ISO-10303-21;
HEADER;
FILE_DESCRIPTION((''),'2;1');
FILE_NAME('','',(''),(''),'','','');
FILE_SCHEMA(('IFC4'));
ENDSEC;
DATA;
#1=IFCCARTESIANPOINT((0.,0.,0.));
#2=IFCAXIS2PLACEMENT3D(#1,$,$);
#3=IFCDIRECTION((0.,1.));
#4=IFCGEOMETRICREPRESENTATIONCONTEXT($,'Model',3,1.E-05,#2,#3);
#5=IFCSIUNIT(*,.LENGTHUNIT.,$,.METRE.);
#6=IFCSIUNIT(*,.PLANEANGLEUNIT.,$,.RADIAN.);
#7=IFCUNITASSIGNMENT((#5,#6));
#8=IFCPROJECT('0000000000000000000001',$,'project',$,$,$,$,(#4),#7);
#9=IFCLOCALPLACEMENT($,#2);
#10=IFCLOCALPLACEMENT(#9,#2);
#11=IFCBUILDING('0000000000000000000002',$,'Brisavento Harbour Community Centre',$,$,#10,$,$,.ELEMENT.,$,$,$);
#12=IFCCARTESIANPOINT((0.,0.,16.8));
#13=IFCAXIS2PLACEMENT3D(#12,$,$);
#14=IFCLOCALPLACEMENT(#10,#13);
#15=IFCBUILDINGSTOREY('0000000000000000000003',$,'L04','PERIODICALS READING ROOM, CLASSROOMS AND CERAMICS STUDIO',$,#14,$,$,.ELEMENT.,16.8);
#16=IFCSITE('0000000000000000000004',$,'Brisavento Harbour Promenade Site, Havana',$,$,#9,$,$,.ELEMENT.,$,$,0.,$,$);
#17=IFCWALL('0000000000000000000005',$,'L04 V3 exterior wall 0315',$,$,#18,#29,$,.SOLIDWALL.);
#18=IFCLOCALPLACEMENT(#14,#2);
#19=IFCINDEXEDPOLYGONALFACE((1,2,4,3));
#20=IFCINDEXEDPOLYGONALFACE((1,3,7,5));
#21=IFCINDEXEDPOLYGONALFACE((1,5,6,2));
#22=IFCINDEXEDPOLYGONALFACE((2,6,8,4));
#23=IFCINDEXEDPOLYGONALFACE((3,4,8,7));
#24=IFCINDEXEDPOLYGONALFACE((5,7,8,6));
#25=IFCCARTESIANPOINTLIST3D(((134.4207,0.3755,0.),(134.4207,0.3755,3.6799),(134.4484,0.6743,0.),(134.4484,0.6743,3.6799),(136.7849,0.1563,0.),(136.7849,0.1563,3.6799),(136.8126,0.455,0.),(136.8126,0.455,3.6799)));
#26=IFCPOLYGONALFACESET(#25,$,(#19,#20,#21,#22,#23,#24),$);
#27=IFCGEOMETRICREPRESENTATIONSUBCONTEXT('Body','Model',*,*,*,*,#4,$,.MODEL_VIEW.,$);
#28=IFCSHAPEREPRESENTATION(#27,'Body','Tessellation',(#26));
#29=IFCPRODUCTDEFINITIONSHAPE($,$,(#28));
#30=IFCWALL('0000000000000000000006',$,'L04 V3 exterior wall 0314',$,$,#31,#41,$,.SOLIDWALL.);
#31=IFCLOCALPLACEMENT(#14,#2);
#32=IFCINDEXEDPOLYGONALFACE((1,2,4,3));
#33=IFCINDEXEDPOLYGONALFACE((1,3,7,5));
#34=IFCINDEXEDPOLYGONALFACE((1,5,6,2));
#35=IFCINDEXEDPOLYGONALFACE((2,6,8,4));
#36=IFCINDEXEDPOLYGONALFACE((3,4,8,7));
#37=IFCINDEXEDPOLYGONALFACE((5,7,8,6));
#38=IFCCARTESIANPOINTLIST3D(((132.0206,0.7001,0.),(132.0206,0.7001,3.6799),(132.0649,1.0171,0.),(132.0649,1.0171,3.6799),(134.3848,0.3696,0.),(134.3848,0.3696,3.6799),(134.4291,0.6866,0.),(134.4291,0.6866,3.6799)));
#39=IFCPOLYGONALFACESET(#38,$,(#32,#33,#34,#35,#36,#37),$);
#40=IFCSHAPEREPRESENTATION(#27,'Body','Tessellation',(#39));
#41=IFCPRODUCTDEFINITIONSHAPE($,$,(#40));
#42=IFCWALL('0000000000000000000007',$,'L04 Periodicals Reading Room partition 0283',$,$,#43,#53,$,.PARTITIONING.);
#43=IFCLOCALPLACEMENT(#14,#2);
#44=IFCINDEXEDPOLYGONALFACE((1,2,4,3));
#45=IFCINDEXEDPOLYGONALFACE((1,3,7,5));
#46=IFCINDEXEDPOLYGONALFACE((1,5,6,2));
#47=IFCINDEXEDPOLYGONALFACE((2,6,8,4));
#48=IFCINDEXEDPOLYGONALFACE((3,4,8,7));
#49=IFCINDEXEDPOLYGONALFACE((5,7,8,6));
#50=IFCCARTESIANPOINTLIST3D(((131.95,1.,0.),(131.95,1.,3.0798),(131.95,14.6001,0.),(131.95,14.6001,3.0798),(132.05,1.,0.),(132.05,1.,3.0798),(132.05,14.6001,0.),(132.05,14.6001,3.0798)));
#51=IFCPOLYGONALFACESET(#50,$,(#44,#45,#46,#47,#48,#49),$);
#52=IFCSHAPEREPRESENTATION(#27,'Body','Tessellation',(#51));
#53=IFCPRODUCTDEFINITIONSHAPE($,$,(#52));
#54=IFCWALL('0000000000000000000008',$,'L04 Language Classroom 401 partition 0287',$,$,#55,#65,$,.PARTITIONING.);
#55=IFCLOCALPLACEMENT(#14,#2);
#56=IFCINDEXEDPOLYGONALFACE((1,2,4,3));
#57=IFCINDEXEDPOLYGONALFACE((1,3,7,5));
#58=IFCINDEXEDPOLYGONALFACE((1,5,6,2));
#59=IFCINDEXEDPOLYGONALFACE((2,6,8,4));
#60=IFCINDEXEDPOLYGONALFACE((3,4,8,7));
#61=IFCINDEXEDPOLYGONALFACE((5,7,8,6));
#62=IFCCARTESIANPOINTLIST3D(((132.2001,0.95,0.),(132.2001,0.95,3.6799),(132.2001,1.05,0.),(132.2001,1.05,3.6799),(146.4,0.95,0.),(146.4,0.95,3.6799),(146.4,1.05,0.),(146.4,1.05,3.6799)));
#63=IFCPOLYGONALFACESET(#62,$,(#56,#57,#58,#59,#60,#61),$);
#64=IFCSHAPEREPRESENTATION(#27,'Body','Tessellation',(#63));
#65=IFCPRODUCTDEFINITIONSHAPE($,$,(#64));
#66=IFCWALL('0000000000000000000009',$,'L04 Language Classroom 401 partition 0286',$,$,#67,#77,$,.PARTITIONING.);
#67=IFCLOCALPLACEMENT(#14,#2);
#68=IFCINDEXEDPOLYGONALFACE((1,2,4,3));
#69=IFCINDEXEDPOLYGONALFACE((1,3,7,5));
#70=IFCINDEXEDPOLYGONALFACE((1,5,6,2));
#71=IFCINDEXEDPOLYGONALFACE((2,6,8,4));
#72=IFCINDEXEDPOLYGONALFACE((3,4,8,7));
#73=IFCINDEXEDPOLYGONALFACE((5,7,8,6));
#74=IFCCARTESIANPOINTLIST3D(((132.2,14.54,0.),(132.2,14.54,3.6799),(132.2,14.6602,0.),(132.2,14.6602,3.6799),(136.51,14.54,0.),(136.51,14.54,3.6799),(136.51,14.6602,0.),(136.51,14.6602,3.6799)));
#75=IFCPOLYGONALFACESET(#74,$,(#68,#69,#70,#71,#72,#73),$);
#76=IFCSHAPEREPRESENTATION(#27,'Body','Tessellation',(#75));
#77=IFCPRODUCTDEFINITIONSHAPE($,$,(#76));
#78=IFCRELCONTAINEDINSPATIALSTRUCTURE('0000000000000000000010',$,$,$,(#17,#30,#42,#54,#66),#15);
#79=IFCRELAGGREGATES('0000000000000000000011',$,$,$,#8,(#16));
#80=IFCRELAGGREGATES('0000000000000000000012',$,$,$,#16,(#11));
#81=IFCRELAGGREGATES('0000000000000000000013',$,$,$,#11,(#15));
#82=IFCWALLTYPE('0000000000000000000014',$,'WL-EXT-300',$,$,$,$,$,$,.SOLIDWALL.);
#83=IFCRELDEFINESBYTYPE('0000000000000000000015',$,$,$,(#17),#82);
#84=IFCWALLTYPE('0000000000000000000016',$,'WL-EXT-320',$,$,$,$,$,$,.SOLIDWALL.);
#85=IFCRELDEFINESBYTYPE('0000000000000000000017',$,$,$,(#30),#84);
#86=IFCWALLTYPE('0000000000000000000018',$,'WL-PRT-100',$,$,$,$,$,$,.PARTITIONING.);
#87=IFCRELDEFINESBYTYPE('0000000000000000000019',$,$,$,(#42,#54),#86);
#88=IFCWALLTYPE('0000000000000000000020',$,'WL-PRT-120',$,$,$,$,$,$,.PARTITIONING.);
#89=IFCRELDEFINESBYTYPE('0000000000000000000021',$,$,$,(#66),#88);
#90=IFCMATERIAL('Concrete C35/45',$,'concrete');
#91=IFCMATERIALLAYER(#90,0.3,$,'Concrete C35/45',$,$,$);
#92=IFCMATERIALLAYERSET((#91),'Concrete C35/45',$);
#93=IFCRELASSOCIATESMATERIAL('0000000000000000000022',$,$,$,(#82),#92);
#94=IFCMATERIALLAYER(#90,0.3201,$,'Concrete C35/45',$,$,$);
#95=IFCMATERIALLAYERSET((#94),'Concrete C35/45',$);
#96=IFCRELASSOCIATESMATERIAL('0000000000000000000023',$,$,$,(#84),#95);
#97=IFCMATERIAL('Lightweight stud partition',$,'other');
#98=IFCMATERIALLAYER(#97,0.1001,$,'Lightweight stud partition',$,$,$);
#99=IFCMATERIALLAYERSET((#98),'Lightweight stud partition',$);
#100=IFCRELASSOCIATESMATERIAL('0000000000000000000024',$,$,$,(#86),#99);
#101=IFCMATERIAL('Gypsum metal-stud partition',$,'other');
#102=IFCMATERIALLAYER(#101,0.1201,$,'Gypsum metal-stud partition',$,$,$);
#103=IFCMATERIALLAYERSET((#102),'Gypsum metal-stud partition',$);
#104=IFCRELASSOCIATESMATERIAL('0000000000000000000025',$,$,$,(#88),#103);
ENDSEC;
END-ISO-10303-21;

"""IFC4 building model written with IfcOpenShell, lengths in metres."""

from ifc_helpers import new_model, si_unit, direction, frame, frame_2d, origin, place, context, subcontext, project, spatial, rectangle, extrude, material, layer, layer_set, type_object, element, save


model = new_model("IFC4")

# Units and contexts
model_context = context("Model", 3, precision=1e-05, world=origin(), true_north=direction((0.0, 1.0)))
body_context = subcontext(model_context, "Body", "Model", "MODEL_VIEW")
ifc_project = project(units=[si_unit("LENGTHUNIT", "METRE"), si_unit("PLANEANGLEUNIT", "RADIAN")], contexts=[model_context])

# Site, building, storey
site_placement = place(None, origin())
site = spatial("IfcSite", under=ifc_project, at=site_placement, Name="Brisavento Harbour Promenade Site, Havana", CompositionType="ELEMENT", RefElevation=0.0)
building_placement = place(site_placement, origin())
building = spatial("IfcBuilding", under=site, at=building_placement, Name="Brisavento Harbour Community Centre", CompositionType="ELEMENT")
storey_placement = place(building_placement, frame((0.0, 0.0, 16.8)))
storey = spatial("IfcBuildingStorey", under=building, at=storey_placement, Name="L04", Description="PERIODICALS READING ROOM, CLASSROOMS AND CERAMICS STUDIO", CompositionType="ELEMENT", Elevation=16.8)

# Shared definitions
ifc_material_1 = material(Name="Concrete C35/45", Category="concrete")

# Walls
ifc_layer_1 = layer(ifc_material_1, 0.3, Name="Concrete C35/45")
ifc_layer_set_1 = layer_set([ifc_layer_1], Name="Concrete C35/45")
wall_type_1 = type_object("IfcWallType", Name="WL-EXT-300", PredefinedType="SOLIDWALL", material=ifc_layer_set_1)
wall_1_placement = place(storey_placement, frame((136.7986, 0.3057, 0.0), z_axis=(0.0, 0.0, 1.0), x_axis=(-0.995727, 0.092344, 0.0)))
element("IfcWall", 1, at=wall_1_placement, inside=storey, type_object=wall_type_1, Name="L04 V3 exterior wall 0315", PredefinedType="SOLIDWALL", context=body_context, shape_type="SweptSolid", body=[
    extrude(rectangle(XDim=2.3743, YDim=0.3, at=frame_2d((1.187, 0.0))), origin(), (0.0, 0.0, 1.0), 3.6799),
])
ifc_layer_2 = layer(ifc_material_1, 0.3201, Name="Concrete C35/45")
ifc_layer_set_2 = layer_set([ifc_layer_2], Name="Concrete C35/45")
wall_type_2 = type_object("IfcWallType", Name="WL-EXT-320", PredefinedType="SOLIDWALL", material=ifc_layer_set_2)
wall_2_placement = place(storey_placement, frame((134.407, 0.5281, 0.0), z_axis=(0.0, 0.0, 1.0), x_axis=(-0.990366, 0.138471, 0.0)))
element("IfcWall", 2, at=wall_2_placement, inside=storey, type_object=wall_type_2, Name="L04 V3 exterior wall 0314", PredefinedType="SOLIDWALL", context=body_context, shape_type="SweptSolid", body=[
    extrude(rectangle(XDim=2.3872, YDim=0.3201, at=frame_2d((1.1936, 0.0))), origin(), (0.0, 0.0, 1.0), 3.6799),
])

# Shared definitions
ifc_material_2 = material(Name="Lightweight stud partition", Category="other")
ifc_layer_3 = layer(ifc_material_2, 0.1001, Name="Lightweight stud partition")
ifc_layer_set_3 = layer_set([ifc_layer_3], Name="Lightweight stud partition")
wall_type_3 = type_object("IfcWallType", Name="WL-PRT-100", PredefinedType="PARTITIONING", material=ifc_layer_set_3)

# Walls
wall_3_placement = place(storey_placement, frame((132.0, 1.0, 0.0), z_axis=(0.0, 0.0, 1.0), x_axis=(0.0, 1.0, 0.0)))
element("IfcWall", 3, at=wall_3_placement, inside=storey, type_object=wall_type_3, Name="L04 Periodicals Reading Room partition 0283", PredefinedType="PARTITIONING", context=body_context, shape_type="SweptSolid", body=[
    extrude(rectangle(XDim=13.6001, YDim=0.1001, at=frame_2d((6.8, 0.0))), origin(), (0.0, 0.0, 1.0), 3.0798),
])
wall_4_placement = place(storey_placement, frame((132.2, 1.0, 0.0), z_axis=(0.0, 0.0, 1.0), x_axis=(1.0, 0.0, 0.0)))
element("IfcWall", 4, at=wall_4_placement, inside=storey, type_object=wall_type_3, Name="L04 Language Classroom 401 partition 0287", PredefinedType="PARTITIONING", context=body_context, shape_type="SweptSolid", body=[
    extrude(rectangle(XDim=14.2, YDim=0.1001, at=frame_2d((7.1001, 0.0))), origin(), (0.0, 0.0, 1.0), 3.6799),
])
ifc_material_3 = material(Name="Gypsum metal-stud partition", Category="other")
ifc_layer_4 = layer(ifc_material_3, 0.1201, Name="Gypsum metal-stud partition")
ifc_layer_set_4 = layer_set([ifc_layer_4], Name="Gypsum metal-stud partition")
wall_type_4 = type_object("IfcWallType", Name="WL-PRT-120", PredefinedType="PARTITIONING", material=ifc_layer_set_4)
wall_5_placement = place(storey_placement, frame((136.51, 14.6001, 0.0), z_axis=(0.0, 0.0, 1.0), x_axis=(-1.0, 0.0, 0.0)))
element("IfcWall", 5, at=wall_5_placement, inside=storey, type_object=wall_type_4, Name="L04 Language Classroom 401 partition 0286", PredefinedType="PARTITIONING", context=body_context, shape_type="SweptSolid", body=[
    extrude(rectangle(XDim=4.3101, YDim=0.1201, at=frame_2d((2.155, 0.0))), origin(), (0.0, 0.0, 1.0), 3.6799),
])

save(model, "model.ifc")
